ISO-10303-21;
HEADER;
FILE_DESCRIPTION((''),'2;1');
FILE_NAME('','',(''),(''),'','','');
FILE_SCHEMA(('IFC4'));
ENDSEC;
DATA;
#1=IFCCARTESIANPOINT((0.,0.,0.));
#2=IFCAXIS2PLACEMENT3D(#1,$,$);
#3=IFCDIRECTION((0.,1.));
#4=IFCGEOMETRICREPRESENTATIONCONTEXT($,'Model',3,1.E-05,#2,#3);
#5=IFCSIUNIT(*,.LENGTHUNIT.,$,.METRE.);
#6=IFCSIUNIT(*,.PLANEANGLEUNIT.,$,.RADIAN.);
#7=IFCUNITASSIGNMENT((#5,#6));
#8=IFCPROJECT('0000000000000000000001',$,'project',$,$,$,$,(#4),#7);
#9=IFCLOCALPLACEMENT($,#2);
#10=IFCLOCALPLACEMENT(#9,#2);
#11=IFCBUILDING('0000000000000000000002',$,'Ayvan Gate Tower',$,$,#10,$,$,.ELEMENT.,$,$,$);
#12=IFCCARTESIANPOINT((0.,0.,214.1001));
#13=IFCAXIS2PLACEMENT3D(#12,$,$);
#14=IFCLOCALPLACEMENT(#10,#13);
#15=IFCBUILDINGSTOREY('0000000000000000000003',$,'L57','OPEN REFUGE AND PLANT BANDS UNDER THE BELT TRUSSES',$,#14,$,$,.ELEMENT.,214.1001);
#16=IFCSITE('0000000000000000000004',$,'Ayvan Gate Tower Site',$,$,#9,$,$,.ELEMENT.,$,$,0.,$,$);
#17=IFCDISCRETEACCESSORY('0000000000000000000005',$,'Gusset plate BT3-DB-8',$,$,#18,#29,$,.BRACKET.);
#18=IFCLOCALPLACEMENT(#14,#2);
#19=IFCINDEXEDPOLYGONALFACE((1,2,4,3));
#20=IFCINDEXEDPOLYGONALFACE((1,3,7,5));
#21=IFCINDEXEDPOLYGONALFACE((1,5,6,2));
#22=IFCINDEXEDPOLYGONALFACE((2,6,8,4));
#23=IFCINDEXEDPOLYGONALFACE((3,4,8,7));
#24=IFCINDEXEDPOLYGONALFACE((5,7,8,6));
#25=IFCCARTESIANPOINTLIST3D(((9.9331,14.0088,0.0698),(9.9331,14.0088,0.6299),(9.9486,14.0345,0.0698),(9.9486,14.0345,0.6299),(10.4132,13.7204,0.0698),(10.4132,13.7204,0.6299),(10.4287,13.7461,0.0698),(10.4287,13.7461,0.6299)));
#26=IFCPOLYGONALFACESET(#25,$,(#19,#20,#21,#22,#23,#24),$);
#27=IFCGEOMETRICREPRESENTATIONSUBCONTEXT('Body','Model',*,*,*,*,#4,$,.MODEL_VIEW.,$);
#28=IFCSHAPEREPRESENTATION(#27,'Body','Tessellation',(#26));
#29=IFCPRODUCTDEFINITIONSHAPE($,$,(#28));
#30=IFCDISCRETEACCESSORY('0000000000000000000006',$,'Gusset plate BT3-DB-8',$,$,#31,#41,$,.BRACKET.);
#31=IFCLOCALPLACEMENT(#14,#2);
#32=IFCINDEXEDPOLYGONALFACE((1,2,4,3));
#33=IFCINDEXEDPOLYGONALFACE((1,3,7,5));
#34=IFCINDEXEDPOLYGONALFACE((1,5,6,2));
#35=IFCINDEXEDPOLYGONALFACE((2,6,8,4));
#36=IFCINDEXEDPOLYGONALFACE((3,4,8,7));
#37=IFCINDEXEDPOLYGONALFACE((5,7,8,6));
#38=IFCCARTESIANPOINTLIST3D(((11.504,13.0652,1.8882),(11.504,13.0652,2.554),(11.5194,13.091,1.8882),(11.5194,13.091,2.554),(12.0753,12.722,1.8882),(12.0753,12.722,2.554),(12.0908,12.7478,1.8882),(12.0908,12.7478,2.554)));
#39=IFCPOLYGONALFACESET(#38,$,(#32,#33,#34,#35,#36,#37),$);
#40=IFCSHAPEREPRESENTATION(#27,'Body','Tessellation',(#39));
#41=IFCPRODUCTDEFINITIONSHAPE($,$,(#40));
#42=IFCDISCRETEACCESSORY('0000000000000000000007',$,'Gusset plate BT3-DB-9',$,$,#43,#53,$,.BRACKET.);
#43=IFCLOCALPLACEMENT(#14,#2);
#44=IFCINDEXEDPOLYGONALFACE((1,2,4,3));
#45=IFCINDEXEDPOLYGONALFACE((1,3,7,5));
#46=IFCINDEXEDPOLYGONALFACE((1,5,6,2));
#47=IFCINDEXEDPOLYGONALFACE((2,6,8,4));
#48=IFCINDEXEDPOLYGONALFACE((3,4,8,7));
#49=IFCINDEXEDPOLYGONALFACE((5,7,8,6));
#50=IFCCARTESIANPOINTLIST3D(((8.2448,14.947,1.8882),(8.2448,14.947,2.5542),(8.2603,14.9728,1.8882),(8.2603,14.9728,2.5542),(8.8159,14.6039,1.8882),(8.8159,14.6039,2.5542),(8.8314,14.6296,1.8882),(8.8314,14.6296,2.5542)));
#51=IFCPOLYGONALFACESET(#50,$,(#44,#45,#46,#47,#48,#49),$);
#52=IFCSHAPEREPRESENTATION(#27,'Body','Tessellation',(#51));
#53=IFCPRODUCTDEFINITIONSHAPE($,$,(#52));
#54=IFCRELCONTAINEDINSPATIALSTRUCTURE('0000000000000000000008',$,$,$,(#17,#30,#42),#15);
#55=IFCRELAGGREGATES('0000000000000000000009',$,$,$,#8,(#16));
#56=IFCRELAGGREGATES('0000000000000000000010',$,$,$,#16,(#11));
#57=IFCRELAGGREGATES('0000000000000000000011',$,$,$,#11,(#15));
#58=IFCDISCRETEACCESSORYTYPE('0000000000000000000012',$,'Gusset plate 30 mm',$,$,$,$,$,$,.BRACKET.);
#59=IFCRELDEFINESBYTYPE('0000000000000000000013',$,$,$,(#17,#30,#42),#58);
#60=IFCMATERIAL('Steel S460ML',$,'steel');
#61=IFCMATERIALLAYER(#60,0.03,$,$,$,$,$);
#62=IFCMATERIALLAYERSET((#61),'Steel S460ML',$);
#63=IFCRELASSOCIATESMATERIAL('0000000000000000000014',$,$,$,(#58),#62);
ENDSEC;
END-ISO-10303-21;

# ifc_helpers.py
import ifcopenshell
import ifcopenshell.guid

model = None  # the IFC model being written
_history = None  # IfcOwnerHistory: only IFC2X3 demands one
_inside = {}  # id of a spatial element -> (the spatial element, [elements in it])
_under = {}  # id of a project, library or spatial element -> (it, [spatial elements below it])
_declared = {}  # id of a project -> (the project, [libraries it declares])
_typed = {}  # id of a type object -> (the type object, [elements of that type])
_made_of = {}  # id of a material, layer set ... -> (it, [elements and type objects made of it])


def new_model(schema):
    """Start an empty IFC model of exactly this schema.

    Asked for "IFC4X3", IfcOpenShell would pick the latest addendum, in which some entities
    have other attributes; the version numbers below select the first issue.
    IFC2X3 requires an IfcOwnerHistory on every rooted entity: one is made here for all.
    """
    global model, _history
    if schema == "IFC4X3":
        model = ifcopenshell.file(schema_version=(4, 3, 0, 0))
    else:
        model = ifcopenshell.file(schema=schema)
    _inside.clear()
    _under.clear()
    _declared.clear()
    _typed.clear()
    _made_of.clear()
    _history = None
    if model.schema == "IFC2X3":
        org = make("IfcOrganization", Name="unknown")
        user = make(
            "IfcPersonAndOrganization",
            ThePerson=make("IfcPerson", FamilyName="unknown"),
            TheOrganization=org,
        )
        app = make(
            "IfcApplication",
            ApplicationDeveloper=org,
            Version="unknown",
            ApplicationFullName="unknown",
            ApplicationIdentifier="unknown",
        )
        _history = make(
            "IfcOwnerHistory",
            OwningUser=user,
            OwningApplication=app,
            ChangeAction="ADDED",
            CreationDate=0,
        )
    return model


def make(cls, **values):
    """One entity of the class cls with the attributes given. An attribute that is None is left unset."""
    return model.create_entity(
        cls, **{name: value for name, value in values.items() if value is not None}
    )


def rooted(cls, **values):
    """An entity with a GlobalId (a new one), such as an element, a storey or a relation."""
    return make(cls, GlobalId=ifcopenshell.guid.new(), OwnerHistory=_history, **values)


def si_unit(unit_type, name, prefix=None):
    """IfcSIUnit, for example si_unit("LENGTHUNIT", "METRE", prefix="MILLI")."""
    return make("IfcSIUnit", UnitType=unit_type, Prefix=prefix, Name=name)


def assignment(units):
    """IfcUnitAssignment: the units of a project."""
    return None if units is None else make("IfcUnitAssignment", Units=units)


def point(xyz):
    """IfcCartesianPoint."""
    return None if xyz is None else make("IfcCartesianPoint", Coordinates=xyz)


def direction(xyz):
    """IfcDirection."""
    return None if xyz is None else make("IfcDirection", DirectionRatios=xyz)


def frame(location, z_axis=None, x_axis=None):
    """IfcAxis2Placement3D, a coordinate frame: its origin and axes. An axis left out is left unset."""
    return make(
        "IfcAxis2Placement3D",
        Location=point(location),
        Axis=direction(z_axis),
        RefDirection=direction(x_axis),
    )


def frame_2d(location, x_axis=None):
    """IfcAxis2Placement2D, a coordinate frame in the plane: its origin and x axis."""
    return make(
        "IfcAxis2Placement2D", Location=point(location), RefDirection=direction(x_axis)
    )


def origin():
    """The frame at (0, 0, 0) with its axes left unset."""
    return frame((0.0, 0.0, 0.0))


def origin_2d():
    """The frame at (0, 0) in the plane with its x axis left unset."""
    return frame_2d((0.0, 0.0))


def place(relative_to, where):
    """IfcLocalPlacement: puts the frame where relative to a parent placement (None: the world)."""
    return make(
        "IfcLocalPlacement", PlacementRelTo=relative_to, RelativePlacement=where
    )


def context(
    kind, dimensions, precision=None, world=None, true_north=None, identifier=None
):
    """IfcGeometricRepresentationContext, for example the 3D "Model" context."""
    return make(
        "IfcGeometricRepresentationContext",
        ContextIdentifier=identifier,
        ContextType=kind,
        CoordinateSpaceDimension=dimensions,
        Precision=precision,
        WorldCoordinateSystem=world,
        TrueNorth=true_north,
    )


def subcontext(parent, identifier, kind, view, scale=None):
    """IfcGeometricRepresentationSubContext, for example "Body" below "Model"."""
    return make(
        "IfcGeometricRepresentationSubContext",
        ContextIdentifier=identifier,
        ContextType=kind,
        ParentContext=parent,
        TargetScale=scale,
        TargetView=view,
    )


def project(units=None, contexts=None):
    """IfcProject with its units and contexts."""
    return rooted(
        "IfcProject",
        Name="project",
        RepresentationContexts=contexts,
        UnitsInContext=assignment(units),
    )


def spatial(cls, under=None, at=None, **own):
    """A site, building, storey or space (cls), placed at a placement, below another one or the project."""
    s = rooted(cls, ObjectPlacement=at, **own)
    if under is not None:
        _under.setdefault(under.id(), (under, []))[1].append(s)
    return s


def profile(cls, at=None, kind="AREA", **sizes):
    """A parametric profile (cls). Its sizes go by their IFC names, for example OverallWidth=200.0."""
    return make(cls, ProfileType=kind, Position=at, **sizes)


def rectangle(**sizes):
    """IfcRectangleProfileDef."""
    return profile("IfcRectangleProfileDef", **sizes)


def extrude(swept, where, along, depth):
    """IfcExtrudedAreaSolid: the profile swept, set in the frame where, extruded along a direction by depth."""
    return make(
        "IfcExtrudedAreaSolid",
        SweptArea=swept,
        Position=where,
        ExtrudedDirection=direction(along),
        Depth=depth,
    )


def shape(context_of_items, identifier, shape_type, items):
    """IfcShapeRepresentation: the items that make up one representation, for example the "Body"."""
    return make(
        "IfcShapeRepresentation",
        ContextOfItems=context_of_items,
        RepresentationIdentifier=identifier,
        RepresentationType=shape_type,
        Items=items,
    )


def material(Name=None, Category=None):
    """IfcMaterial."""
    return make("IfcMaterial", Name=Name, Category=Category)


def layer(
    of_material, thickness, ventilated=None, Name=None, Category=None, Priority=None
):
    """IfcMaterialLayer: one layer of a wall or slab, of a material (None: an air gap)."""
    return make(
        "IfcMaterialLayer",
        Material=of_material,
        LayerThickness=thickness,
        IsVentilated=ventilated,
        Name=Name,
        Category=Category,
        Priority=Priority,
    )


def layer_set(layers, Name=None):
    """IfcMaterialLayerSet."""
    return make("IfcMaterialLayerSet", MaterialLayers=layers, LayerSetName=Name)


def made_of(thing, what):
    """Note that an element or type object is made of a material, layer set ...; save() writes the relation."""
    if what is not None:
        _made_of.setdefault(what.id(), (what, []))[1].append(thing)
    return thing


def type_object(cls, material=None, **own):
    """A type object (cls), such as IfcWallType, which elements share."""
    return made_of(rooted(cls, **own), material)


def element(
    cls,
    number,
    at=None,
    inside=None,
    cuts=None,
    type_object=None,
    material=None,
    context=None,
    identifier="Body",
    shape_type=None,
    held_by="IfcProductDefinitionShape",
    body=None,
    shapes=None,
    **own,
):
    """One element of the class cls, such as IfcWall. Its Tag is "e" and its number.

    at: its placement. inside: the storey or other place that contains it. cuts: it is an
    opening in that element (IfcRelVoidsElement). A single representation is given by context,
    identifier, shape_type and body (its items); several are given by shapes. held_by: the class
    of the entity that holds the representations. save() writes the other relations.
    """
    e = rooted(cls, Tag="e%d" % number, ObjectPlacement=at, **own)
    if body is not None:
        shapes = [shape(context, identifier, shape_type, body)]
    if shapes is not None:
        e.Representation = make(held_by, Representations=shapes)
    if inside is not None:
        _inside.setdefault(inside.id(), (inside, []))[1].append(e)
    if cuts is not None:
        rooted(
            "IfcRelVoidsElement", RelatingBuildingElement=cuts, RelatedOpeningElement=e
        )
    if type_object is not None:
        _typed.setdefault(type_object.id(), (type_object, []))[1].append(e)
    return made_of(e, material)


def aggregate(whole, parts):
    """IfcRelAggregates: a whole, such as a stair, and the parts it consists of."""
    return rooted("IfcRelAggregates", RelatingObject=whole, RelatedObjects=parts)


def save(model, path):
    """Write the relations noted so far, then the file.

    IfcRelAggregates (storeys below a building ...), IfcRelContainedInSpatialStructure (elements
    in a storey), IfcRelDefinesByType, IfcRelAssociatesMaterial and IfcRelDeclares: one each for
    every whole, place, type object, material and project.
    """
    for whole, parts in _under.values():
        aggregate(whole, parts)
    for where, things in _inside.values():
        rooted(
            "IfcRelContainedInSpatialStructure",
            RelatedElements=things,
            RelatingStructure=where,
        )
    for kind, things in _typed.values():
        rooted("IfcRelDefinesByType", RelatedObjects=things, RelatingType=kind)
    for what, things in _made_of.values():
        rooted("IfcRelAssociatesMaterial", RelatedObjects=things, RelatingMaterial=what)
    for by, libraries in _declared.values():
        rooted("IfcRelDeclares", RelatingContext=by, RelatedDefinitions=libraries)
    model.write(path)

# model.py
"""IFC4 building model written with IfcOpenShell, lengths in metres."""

from ifc_helpers import new_model, si_unit, direction, frame, origin, origin_2d, place, context, subcontext, project, spatial, rectangle, extrude, material, layer, layer_set, type_object, element, save


model = new_model("IFC4")

# Units and contexts
model_context = context("Model", 3, precision=1e-05, world=origin(), true_north=direction((0.0, 1.0)))
body_context = subcontext(model_context, "Body", "Model", "MODEL_VIEW")
ifc_project = project(units=[si_unit("LENGTHUNIT", "METRE"), si_unit("PLANEANGLEUNIT", "RADIAN")], contexts=[model_context])

# Site, building, storey
site_placement = place(None, origin())
site = spatial("IfcSite", under=ifc_project, at=site_placement, Name="Ayvan Gate Tower Site", CompositionType="ELEMENT", RefElevation=0.0)
building_placement = place(site_placement, origin())
building = spatial("IfcBuilding", under=site, at=building_placement, Name="Ayvan Gate Tower", CompositionType="ELEMENT")
storey_placement = place(building_placement, frame((0.0, 0.0, 214.1001)))
storey = spatial("IfcBuildingStorey", under=building, at=storey_placement, Name="L57", Description="OPEN REFUGE AND PLANT BANDS UNDER THE BELT TRUSSES", CompositionType="ELEMENT", Elevation=214.1001)

# Shared definitions
ifc_material_1 = material(Name="Steel S460ML", Category="steel")

# Discrete accessories
ifc_layer_1 = layer(ifc_material_1, 0.03)
ifc_layer_set_1 = layer_set([ifc_layer_1], Name="Steel S460ML")
discrete_accessory_type_1 = type_object("IfcDiscreteAccessoryType", Name="Gusset plate 30 mm", PredefinedType="BRACKET", material=ifc_layer_set_1)
for number, where, z_axis, x_axis, name in (
    (1, (10.1809, 13.8774, 0.0698), (0.0, 0.0, 1.0), (-0.857236, 0.514924, 0.0), "Gusset plate BT3-DB-8"),
):
    element("IfcDiscreteAccessory", number, at=place(storey_placement, frame(where, z_axis=z_axis, x_axis=x_axis)), inside=storey, type_object=discrete_accessory_type_1, Name=name, PredefinedType="BRACKET", context=body_context, shape_type="SweptSolid", body=[
        extrude(rectangle(XDim=0.5601, YDim=0.03, at=origin_2d()), origin(), (0.0, 0.0, 1.0), 0.5601),
    ])
discrete_accessory_1_placement = place(storey_placement, frame((11.7974, 12.9065, 1.8882), z_axis=(0.0, 0.0, 1.0), x_axis=(-0.857236, 0.514924, 0.0)))
element("IfcDiscreteAccessory", 2, at=discrete_accessory_1_placement, inside=storey, type_object=discrete_accessory_type_1, Name="Gusset plate BT3-DB-8", PredefinedType="BRACKET", context=body_context, shape_type="SweptSolid", body=[
    extrude(rectangle(XDim=0.6665, YDim=0.03, at=origin_2d()), origin(), (0.0, 0.0, 1.0), 0.6658),
])
discrete_accessory_2_placement = place(storey_placement, frame((8.5381, 14.7883, 1.8882), z_axis=(0.0, 0.0, 1.0), x_axis=(-0.8572, 0.514984, 0.0)))
element("IfcDiscreteAccessory", 3, at=discrete_accessory_2_placement, inside=storey, type_object=discrete_accessory_type_1, Name="Gusset plate BT3-DB-9", PredefinedType="BRACKET", context=body_context, shape_type="SweptSolid", body=[
    extrude(rectangle(XDim=0.6663, YDim=0.03, at=origin_2d()), origin(), (0.0, 0.0, 1.0), 0.666),
])

save(model, "model.ifc")
